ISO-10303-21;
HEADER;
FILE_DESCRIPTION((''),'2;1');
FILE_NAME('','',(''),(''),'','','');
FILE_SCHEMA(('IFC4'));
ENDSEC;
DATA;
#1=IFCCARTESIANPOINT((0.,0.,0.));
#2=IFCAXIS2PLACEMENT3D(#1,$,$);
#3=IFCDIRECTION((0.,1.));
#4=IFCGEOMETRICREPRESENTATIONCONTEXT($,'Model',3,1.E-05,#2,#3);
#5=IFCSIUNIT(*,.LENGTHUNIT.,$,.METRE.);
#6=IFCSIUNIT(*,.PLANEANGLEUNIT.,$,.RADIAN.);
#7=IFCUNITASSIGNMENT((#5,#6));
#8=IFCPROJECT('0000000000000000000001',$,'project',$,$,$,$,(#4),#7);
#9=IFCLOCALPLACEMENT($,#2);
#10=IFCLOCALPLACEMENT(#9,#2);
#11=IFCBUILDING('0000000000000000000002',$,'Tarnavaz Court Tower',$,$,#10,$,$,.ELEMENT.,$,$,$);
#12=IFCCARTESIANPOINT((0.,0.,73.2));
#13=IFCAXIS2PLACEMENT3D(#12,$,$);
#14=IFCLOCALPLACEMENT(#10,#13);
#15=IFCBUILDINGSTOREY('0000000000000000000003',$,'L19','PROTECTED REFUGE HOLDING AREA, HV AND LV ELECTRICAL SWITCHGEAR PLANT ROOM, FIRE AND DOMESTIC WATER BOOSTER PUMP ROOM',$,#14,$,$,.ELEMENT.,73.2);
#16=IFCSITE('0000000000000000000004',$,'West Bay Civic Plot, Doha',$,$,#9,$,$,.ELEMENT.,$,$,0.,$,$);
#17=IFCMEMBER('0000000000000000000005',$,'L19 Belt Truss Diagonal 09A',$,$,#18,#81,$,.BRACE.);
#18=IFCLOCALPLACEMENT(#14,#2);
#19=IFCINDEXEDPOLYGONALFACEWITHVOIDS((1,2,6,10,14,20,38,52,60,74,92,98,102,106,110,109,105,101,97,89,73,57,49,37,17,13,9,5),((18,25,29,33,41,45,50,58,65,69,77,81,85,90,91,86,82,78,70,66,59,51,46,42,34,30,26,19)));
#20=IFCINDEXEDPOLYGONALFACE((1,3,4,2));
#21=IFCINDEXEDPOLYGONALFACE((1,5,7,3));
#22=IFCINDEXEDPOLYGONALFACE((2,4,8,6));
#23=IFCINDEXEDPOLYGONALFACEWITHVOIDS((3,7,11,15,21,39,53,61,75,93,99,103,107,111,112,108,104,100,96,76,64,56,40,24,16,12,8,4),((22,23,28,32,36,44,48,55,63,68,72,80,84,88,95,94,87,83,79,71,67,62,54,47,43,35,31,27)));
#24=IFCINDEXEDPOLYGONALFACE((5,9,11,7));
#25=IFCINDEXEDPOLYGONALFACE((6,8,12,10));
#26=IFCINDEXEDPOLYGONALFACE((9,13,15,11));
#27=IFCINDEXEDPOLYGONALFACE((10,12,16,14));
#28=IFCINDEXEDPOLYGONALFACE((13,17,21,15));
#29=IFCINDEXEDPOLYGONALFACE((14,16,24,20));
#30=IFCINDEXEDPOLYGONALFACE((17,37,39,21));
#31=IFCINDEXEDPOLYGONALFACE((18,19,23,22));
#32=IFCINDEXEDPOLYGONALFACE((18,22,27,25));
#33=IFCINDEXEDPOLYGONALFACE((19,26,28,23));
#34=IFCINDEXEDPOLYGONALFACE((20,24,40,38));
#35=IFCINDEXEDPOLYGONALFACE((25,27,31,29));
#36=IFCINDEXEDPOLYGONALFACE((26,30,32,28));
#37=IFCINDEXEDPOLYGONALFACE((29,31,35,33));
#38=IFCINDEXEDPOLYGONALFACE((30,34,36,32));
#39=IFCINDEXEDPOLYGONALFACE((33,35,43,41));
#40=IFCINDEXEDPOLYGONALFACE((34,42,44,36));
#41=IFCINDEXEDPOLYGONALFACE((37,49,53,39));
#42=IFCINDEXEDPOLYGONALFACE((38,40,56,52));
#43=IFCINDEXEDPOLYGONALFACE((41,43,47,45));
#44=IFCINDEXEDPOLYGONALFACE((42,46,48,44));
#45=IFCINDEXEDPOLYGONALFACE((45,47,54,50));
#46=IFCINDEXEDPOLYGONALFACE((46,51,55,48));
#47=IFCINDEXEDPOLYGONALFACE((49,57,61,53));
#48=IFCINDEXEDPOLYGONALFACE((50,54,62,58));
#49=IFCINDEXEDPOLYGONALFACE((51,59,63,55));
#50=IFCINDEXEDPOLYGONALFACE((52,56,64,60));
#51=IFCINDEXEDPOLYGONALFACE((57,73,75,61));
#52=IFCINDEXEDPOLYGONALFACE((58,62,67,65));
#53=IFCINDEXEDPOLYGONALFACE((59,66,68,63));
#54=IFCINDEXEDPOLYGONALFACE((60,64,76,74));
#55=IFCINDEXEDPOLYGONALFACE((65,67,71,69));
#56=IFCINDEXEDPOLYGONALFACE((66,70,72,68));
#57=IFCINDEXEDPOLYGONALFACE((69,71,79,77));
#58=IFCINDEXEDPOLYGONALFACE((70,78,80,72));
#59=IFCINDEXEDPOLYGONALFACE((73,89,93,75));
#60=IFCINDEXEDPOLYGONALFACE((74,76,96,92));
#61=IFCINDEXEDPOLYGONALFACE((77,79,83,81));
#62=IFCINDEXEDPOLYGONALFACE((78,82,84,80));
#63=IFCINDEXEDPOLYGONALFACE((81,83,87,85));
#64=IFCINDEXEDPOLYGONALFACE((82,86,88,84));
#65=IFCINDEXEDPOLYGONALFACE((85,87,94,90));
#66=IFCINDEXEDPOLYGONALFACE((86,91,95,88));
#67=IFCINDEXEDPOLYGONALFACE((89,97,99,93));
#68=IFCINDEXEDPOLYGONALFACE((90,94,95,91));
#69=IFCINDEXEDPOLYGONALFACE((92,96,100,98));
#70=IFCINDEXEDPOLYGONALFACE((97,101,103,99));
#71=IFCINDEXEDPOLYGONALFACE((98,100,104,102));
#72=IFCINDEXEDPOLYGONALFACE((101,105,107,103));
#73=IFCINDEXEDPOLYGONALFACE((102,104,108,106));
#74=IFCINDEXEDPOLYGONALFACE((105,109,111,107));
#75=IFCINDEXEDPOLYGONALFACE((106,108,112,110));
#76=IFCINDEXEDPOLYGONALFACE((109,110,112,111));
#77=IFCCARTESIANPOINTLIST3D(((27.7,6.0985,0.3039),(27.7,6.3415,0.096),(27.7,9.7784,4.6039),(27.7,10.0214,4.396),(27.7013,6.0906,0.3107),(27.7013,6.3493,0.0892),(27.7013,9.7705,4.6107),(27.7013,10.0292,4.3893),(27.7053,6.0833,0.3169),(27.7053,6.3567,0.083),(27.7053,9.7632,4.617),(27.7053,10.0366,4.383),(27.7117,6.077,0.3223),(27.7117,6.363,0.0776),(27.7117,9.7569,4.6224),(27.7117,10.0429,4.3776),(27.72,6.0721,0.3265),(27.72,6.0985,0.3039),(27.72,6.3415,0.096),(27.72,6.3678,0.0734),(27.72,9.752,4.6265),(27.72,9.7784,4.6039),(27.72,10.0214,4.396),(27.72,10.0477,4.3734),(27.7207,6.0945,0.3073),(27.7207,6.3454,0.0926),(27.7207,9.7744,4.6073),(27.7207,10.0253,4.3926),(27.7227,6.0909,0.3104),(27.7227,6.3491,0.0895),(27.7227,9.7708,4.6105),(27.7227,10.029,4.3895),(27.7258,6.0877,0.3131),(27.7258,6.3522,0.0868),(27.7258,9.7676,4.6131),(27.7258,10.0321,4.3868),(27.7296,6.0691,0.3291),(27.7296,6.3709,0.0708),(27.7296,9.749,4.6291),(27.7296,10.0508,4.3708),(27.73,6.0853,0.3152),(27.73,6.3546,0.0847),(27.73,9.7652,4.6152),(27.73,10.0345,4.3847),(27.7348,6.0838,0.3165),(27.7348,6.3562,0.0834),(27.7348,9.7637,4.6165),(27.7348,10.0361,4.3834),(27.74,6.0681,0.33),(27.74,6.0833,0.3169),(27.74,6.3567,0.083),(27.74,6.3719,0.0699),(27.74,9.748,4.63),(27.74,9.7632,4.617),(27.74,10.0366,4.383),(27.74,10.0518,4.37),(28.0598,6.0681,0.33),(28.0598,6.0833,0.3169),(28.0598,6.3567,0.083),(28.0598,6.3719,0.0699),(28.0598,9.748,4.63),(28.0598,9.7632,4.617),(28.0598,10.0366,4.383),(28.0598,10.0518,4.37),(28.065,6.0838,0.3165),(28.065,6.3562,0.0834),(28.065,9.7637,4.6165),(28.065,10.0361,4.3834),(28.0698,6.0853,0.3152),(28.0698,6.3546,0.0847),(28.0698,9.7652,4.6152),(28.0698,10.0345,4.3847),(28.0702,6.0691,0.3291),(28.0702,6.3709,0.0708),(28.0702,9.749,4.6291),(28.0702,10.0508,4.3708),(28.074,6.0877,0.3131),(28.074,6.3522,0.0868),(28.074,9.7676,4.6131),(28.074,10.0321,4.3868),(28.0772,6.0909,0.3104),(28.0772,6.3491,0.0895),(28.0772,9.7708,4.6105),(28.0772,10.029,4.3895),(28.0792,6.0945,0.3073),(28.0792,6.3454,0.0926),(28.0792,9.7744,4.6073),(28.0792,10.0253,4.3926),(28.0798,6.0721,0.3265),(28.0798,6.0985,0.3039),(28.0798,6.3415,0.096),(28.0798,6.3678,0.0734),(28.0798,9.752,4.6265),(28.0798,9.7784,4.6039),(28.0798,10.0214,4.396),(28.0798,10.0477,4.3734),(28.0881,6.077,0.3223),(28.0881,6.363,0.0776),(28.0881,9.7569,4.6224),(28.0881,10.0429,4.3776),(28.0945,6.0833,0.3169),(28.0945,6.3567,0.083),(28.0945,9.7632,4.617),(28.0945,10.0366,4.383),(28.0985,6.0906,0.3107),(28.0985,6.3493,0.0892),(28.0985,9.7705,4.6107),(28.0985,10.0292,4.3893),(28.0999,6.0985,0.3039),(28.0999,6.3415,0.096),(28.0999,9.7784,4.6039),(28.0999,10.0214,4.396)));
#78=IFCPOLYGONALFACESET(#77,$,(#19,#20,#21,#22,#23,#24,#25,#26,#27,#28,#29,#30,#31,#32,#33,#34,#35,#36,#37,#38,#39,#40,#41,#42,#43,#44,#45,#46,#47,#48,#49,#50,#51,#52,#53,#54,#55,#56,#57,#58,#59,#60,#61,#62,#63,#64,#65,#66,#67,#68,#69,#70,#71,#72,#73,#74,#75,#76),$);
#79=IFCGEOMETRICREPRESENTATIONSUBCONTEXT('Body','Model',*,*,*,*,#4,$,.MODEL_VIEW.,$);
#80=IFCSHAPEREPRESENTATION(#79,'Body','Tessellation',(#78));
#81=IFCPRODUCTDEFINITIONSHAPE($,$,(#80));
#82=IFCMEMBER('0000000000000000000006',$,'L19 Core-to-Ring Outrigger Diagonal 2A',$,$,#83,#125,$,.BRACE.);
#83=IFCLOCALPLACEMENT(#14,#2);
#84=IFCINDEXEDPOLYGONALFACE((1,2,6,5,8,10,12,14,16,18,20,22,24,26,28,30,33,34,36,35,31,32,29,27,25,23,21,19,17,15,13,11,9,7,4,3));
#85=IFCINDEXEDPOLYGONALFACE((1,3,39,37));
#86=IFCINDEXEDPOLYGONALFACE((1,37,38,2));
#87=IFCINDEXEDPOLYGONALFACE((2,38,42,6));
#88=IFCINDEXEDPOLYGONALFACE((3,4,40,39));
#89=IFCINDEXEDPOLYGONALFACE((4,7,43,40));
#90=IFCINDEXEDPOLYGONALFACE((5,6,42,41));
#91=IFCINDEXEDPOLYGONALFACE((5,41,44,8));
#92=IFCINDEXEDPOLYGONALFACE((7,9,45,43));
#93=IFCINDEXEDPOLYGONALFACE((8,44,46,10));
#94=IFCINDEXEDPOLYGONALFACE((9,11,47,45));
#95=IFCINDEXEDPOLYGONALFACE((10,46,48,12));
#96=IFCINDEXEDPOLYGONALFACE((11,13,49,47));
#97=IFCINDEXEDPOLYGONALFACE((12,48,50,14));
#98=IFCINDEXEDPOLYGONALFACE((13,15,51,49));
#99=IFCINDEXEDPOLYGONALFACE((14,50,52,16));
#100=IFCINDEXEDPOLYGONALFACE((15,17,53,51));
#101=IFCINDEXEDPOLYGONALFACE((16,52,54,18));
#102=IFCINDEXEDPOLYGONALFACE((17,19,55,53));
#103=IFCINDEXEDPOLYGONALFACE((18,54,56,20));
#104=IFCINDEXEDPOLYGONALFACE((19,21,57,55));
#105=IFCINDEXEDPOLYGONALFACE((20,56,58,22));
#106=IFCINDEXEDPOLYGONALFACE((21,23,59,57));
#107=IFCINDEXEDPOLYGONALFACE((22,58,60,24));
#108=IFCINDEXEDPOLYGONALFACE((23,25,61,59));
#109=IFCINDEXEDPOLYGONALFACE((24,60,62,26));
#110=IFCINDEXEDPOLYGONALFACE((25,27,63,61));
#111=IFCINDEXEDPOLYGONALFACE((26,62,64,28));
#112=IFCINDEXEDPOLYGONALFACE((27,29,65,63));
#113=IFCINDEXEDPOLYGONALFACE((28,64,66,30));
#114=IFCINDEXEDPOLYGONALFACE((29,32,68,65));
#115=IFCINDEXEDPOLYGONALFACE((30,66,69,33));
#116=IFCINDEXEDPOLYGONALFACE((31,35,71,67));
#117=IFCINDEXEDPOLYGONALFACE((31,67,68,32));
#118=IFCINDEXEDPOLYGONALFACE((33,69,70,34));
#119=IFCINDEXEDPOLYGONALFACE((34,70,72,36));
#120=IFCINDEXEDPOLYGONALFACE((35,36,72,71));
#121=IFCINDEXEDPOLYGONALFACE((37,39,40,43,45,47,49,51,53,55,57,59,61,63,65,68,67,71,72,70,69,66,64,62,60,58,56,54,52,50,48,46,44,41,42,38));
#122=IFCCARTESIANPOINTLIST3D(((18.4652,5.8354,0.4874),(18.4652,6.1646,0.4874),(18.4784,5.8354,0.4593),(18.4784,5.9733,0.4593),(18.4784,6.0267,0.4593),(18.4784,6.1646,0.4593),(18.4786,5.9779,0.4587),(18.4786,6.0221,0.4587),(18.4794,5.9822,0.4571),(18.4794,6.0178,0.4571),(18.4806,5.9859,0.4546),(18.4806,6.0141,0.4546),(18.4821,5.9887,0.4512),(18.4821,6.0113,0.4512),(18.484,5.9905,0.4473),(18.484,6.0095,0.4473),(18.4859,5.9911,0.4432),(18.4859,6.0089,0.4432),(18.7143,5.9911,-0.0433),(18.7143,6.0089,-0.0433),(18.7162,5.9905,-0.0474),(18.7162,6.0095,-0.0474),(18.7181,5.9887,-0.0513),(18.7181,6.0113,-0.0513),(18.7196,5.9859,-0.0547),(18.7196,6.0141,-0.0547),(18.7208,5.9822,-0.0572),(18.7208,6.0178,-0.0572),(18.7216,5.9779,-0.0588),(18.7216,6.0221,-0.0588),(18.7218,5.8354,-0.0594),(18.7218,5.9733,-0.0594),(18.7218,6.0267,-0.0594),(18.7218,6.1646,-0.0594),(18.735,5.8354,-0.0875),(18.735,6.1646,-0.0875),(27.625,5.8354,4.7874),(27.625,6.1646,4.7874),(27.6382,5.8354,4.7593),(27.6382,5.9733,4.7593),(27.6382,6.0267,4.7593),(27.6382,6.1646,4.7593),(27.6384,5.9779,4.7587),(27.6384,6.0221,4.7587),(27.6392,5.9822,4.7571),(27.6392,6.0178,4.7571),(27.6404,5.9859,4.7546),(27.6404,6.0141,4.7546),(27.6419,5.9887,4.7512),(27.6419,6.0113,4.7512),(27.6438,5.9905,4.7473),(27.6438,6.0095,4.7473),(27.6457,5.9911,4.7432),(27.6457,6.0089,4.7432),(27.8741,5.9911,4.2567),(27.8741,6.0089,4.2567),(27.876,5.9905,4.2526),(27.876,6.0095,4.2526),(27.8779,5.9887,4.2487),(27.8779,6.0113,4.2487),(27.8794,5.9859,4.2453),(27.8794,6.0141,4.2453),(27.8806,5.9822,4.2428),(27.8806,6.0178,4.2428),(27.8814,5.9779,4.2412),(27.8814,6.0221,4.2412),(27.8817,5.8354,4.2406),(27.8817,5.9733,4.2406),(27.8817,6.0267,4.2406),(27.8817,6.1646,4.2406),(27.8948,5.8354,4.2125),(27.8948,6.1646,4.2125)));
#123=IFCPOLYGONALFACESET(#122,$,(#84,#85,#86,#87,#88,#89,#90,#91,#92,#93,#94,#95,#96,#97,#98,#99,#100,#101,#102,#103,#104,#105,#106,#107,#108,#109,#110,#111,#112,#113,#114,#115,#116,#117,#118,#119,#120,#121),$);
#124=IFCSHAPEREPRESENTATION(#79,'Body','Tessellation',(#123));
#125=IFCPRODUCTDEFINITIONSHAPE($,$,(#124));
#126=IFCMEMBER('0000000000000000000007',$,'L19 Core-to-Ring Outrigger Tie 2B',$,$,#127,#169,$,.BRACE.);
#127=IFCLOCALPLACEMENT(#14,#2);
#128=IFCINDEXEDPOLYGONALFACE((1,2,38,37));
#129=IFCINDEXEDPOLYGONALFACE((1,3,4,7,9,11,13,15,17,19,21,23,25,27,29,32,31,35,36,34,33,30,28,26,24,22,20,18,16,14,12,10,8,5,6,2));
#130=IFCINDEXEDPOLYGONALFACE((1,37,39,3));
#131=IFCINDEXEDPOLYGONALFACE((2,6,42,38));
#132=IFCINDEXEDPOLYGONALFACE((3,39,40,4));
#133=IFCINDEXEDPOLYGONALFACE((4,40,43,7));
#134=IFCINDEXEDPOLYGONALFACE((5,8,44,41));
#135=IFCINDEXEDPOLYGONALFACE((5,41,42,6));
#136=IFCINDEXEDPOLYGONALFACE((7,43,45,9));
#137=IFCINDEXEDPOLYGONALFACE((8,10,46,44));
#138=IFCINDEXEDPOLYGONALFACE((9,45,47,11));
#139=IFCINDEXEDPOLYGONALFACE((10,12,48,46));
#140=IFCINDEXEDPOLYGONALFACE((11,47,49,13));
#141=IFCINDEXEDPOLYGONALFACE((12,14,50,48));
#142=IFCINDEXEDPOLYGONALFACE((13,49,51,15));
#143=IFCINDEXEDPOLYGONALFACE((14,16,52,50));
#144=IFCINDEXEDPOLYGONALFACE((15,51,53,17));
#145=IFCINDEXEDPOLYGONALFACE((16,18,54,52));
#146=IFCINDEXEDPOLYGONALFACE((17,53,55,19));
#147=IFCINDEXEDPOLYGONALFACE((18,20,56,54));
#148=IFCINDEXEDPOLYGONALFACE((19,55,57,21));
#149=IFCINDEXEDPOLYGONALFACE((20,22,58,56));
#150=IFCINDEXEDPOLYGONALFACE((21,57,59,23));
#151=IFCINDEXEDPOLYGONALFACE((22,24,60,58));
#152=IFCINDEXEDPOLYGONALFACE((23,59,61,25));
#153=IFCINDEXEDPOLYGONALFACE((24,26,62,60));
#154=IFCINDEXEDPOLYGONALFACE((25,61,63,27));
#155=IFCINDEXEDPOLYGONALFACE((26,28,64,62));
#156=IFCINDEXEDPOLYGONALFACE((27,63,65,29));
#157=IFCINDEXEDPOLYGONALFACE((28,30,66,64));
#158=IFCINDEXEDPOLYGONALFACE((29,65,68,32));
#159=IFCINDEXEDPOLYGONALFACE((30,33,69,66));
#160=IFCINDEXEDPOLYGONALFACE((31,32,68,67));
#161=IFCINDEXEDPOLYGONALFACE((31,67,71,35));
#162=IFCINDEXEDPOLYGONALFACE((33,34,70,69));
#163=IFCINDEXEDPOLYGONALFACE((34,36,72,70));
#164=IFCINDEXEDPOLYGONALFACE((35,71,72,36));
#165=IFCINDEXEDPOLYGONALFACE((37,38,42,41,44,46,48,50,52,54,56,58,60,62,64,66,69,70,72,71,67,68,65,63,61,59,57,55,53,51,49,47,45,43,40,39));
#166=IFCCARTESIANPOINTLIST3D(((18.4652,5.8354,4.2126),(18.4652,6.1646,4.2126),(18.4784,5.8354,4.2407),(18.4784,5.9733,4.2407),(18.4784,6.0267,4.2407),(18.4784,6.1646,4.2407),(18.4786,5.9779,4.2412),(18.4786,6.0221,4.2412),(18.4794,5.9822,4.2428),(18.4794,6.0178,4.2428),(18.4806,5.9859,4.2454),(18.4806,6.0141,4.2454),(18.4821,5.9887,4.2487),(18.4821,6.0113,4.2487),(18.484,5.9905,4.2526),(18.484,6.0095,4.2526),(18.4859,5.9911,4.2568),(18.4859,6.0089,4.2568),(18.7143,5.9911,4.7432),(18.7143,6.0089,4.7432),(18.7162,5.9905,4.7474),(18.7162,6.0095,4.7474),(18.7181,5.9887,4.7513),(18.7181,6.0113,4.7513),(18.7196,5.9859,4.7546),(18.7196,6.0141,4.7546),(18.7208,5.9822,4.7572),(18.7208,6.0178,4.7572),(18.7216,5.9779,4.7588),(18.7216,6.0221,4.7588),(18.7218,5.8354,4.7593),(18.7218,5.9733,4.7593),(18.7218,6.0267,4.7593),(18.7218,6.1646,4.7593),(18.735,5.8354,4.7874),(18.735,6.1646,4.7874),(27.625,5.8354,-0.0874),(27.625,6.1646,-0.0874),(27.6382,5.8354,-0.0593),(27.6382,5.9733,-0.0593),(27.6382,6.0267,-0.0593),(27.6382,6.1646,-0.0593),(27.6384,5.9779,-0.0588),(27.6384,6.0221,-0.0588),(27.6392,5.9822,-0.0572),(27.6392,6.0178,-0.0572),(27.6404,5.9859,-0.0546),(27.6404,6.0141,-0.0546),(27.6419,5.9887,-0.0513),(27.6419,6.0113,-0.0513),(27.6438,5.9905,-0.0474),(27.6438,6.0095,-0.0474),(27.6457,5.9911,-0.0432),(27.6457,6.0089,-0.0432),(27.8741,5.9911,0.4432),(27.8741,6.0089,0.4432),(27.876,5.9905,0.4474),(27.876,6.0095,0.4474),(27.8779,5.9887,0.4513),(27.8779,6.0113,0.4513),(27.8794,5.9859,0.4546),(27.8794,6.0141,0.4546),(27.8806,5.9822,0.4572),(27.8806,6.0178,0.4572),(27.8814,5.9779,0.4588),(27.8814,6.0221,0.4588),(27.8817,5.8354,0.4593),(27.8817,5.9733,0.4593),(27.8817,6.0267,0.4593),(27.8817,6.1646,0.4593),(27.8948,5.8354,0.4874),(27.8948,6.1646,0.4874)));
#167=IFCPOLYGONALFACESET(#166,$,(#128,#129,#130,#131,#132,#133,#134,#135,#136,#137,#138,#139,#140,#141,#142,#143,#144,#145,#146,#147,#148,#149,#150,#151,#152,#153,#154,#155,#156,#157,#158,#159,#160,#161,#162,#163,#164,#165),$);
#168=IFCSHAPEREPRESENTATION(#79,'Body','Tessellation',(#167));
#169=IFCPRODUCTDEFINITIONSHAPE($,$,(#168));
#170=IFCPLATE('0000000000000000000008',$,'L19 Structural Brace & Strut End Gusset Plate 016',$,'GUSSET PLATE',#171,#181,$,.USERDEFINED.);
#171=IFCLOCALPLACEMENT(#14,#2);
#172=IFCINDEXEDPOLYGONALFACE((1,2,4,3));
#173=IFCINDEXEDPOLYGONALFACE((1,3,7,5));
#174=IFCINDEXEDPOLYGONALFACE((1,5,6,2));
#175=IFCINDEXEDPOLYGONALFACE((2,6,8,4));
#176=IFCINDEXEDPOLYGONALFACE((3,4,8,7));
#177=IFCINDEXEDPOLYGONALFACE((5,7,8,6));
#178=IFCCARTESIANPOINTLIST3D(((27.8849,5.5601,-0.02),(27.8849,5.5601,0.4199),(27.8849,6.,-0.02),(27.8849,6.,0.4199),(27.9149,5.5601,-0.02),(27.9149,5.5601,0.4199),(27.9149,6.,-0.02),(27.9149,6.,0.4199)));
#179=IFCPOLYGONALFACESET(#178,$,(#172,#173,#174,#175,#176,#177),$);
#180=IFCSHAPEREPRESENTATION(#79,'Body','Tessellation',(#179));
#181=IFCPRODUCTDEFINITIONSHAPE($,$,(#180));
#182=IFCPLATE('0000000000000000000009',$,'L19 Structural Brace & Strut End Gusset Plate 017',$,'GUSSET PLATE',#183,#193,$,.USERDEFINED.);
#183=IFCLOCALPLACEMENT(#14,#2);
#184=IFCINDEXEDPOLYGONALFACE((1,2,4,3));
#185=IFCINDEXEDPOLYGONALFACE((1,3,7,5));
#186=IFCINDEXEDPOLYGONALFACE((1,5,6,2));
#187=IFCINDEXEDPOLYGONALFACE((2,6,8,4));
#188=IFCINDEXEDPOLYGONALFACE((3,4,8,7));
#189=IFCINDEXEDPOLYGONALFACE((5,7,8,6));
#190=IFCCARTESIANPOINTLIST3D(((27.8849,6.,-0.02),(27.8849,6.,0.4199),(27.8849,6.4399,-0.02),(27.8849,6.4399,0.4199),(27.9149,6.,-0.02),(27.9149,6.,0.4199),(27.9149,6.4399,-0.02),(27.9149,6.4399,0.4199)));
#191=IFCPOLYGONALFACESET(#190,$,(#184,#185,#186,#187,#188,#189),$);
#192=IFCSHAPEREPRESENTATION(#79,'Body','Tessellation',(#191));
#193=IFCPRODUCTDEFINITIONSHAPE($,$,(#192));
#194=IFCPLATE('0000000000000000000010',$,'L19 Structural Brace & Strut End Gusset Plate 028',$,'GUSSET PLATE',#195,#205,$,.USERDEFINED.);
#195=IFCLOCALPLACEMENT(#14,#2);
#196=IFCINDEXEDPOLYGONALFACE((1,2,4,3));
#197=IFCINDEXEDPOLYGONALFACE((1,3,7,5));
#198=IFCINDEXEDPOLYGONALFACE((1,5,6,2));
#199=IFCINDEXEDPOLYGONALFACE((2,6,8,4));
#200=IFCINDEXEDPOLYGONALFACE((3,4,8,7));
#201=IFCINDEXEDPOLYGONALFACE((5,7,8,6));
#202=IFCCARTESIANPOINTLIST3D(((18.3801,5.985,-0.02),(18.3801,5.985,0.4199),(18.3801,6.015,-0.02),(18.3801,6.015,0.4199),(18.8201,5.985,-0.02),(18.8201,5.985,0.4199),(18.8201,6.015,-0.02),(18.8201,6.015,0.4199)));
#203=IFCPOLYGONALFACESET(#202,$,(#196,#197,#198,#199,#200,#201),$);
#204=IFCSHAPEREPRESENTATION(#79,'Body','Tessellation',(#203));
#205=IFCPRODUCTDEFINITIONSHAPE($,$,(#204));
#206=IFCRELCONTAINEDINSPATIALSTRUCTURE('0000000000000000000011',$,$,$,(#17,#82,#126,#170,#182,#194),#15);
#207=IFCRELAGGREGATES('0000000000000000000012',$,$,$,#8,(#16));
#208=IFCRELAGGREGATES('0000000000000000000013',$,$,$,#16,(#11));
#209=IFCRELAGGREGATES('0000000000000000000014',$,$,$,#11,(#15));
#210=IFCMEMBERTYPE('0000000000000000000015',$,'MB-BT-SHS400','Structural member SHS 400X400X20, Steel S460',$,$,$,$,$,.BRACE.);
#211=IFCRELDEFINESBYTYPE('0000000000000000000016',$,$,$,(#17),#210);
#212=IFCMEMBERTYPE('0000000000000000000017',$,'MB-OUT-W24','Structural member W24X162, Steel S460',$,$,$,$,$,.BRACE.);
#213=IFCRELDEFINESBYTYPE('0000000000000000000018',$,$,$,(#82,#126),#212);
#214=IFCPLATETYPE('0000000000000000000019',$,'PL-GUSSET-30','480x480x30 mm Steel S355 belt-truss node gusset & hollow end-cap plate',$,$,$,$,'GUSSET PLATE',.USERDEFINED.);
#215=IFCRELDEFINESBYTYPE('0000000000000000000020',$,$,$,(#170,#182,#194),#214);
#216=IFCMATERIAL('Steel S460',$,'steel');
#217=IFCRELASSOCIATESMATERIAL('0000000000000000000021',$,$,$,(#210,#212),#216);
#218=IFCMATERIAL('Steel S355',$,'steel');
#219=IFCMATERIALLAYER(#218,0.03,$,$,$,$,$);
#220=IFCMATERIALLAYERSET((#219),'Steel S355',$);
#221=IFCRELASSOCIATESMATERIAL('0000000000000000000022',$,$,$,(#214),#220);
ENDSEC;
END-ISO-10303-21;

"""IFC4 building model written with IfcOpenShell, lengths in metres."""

from ifc_helpers import new_model, si_unit, direction, frame, origin, origin_2d, place, context, subcontext, project, spatial, rectangle, hollow_rectangle, i_section, extrude, material, layer, layer_set, material_profile, profile_set, type_object, element, save


model = new_model("IFC4")

# Units and contexts
model_context = context("Model", 3, precision=1e-05, world=origin(), true_north=direction((0.0, 1.0)))
body_context = subcontext(model_context, "Body", "Model", "MODEL_VIEW")
ifc_project = project(units=[si_unit("LENGTHUNIT", "METRE"), si_unit("PLANEANGLEUNIT", "RADIAN")], contexts=[model_context])

# Site, building, storey
site_placement = place(None, origin())
site = spatial("IfcSite", under=ifc_project, at=site_placement, Name="West Bay Civic Plot, Doha", CompositionType="ELEMENT", RefElevation=0.0)
building_placement = place(site_placement, origin())
building = spatial("IfcBuilding", under=site, at=building_placement, Name="Tarnavaz Court Tower", CompositionType="ELEMENT")
storey_placement = place(building_placement, frame((0.0, 0.0, 73.2)))
storey = spatial("IfcBuildingStorey", under=building, at=storey_placement, Name="L19", Description="PROTECTED REFUGE HOLDING AREA, HV AND LV ELECTRICAL SWITCHGEAR PLANT ROOM, FIRE AND DOMESTIC WATER BOOSTER PUMP ROOM", CompositionType="ELEMENT", Elevation=73.2)

# Shared definitions
ifc_material_1 = material(Name="Steel S460", Category="steel")

# Members
ifc_material_profile_1 = material_profile(ifc_material_1, hollow_rectangle(XDim=0.3999, YDim=0.3999, WallThickness=0.02, InnerFilletRadius=0.02, OuterFilletRadius=0.04, at=origin_2d()), Name="SHS 400X400X20")
ifc_profile_set_1 = profile_set([ifc_material_profile_1], Name="Steel S460")
member_type_1 = type_object("IfcMemberType", Name="MB-BT-SHS400", Description="Structural member SHS 400X400X20, Steel S460", PredefinedType="BRACE", material=ifc_profile_set_1)
member_1_placement = place(storey_placement, frame((27.8999, 6.22, 0.2), z_axis=(0.0, 0.650198, 0.759765), x_axis=(-1.0, 0.0, 0.0)))
element("IfcMember", 1, at=member_1_placement, inside=storey, type_object=member_type_1, Name="L19 Belt Truss Diagonal 09A", PredefinedType="BRACE", context=body_context, shape_type="SweptSolid", body=[
    extrude(hollow_rectangle(XDim=0.3999, YDim=0.3999, WallThickness=0.02, InnerFilletRadius=0.02, OuterFilletRadius=0.04, at=origin_2d()), origin(), (0.0, 0.0, 1.0), 5.6597),
])
ifc_material_profile_2 = material_profile(ifc_material_1, i_section(OverallWidth=0.3291, OverallDepth=0.635, WebThickness=0.0178, FlangeThickness=0.031, FilletRadius=0.0178, at=origin_2d()), Name="W24X162")
ifc_profile_set_2 = profile_set([ifc_material_profile_2], Name="Steel S460")
member_type_2 = type_object("IfcMemberType", Name="MB-OUT-W24", Description="Structural member W24X162, Steel S460", PredefinedType="BRACE", material=ifc_profile_set_2)
for number, where, z_axis, x_axis, name in (
    (2, (18.6001, 6.0, 0.2), (0.905218, 0.0, 0.424947), (0.0, 1.0, 0.0), "L19 Core-to-Ring Outrigger Diagonal 2A"),
    (3, (18.6001, 6.0, 4.5), (0.905218, 0.0, -0.424947), (0.0, 1.0, 0.0), "L19 Core-to-Ring Outrigger Tie 2B"),
):
    element("IfcMember", number, at=place(storey_placement, frame(where, z_axis=z_axis, x_axis=x_axis)), inside=storey, type_object=member_type_2, Name=name, PredefinedType="BRACE", context=body_context, shape_type="SweptSolid", body=[
        extrude(i_section(OverallWidth=0.3291, OverallDepth=0.635, WebThickness=0.0178, FlangeThickness=0.031, FilletRadius=0.0178, at=origin_2d()), origin(), (0.0, 0.0, 1.0), 10.1189),
    ])

# Plates
ifc_material_2 = material(Name="Steel S355", Category="steel")
ifc_layer_1 = layer(ifc_material_2, 0.03)
ifc_layer_set_1 = layer_set([ifc_layer_1], Name="Steel S355")
plate_type = type_object("IfcPlateType", Name="PL-GUSSET-30", Description="480x480x30 mm Steel S355 belt-truss node gusset & hollow end-cap plate", ElementType="GUSSET PLATE", PredefinedType="USERDEFINED", material=ifc_layer_set_1)
for number, where, z_axis, x_axis, name in (
    (4, (27.8999, 5.78, -0.02), (0.0, 0.0, 1.0), (0.0, 1.0, 0.0), "L19 Structural Brace & Strut End Gusset Plate 016"),
    (5, (27.8999, 6.22, -0.02), (0.0, 0.0, 1.0), (0.0, 1.0, 0.0), "L19 Structural Brace & Strut End Gusset Plate 017"),
    (6, (18.6001, 6.0, -0.02), (0.0, 0.0, 1.0), (1.0, 0.0, 0.0), "L19 Structural Brace & Strut End Gusset Plate 028"),
):
    element("IfcPlate", number, at=place(storey_placement, frame(where, z_axis=z_axis, x_axis=x_axis)), inside=storey, type_object=plate_type, Name=name, ObjectType="GUSSET PLATE", PredefinedType="USERDEFINED", context=body_context, shape_type="SweptSolid", body=[
        extrude(rectangle(XDim=0.4399, YDim=0.03, at=origin_2d()), origin(), (0.0, 0.0, 1.0), 0.4399),
    ])

save(model, "model.ifc")
